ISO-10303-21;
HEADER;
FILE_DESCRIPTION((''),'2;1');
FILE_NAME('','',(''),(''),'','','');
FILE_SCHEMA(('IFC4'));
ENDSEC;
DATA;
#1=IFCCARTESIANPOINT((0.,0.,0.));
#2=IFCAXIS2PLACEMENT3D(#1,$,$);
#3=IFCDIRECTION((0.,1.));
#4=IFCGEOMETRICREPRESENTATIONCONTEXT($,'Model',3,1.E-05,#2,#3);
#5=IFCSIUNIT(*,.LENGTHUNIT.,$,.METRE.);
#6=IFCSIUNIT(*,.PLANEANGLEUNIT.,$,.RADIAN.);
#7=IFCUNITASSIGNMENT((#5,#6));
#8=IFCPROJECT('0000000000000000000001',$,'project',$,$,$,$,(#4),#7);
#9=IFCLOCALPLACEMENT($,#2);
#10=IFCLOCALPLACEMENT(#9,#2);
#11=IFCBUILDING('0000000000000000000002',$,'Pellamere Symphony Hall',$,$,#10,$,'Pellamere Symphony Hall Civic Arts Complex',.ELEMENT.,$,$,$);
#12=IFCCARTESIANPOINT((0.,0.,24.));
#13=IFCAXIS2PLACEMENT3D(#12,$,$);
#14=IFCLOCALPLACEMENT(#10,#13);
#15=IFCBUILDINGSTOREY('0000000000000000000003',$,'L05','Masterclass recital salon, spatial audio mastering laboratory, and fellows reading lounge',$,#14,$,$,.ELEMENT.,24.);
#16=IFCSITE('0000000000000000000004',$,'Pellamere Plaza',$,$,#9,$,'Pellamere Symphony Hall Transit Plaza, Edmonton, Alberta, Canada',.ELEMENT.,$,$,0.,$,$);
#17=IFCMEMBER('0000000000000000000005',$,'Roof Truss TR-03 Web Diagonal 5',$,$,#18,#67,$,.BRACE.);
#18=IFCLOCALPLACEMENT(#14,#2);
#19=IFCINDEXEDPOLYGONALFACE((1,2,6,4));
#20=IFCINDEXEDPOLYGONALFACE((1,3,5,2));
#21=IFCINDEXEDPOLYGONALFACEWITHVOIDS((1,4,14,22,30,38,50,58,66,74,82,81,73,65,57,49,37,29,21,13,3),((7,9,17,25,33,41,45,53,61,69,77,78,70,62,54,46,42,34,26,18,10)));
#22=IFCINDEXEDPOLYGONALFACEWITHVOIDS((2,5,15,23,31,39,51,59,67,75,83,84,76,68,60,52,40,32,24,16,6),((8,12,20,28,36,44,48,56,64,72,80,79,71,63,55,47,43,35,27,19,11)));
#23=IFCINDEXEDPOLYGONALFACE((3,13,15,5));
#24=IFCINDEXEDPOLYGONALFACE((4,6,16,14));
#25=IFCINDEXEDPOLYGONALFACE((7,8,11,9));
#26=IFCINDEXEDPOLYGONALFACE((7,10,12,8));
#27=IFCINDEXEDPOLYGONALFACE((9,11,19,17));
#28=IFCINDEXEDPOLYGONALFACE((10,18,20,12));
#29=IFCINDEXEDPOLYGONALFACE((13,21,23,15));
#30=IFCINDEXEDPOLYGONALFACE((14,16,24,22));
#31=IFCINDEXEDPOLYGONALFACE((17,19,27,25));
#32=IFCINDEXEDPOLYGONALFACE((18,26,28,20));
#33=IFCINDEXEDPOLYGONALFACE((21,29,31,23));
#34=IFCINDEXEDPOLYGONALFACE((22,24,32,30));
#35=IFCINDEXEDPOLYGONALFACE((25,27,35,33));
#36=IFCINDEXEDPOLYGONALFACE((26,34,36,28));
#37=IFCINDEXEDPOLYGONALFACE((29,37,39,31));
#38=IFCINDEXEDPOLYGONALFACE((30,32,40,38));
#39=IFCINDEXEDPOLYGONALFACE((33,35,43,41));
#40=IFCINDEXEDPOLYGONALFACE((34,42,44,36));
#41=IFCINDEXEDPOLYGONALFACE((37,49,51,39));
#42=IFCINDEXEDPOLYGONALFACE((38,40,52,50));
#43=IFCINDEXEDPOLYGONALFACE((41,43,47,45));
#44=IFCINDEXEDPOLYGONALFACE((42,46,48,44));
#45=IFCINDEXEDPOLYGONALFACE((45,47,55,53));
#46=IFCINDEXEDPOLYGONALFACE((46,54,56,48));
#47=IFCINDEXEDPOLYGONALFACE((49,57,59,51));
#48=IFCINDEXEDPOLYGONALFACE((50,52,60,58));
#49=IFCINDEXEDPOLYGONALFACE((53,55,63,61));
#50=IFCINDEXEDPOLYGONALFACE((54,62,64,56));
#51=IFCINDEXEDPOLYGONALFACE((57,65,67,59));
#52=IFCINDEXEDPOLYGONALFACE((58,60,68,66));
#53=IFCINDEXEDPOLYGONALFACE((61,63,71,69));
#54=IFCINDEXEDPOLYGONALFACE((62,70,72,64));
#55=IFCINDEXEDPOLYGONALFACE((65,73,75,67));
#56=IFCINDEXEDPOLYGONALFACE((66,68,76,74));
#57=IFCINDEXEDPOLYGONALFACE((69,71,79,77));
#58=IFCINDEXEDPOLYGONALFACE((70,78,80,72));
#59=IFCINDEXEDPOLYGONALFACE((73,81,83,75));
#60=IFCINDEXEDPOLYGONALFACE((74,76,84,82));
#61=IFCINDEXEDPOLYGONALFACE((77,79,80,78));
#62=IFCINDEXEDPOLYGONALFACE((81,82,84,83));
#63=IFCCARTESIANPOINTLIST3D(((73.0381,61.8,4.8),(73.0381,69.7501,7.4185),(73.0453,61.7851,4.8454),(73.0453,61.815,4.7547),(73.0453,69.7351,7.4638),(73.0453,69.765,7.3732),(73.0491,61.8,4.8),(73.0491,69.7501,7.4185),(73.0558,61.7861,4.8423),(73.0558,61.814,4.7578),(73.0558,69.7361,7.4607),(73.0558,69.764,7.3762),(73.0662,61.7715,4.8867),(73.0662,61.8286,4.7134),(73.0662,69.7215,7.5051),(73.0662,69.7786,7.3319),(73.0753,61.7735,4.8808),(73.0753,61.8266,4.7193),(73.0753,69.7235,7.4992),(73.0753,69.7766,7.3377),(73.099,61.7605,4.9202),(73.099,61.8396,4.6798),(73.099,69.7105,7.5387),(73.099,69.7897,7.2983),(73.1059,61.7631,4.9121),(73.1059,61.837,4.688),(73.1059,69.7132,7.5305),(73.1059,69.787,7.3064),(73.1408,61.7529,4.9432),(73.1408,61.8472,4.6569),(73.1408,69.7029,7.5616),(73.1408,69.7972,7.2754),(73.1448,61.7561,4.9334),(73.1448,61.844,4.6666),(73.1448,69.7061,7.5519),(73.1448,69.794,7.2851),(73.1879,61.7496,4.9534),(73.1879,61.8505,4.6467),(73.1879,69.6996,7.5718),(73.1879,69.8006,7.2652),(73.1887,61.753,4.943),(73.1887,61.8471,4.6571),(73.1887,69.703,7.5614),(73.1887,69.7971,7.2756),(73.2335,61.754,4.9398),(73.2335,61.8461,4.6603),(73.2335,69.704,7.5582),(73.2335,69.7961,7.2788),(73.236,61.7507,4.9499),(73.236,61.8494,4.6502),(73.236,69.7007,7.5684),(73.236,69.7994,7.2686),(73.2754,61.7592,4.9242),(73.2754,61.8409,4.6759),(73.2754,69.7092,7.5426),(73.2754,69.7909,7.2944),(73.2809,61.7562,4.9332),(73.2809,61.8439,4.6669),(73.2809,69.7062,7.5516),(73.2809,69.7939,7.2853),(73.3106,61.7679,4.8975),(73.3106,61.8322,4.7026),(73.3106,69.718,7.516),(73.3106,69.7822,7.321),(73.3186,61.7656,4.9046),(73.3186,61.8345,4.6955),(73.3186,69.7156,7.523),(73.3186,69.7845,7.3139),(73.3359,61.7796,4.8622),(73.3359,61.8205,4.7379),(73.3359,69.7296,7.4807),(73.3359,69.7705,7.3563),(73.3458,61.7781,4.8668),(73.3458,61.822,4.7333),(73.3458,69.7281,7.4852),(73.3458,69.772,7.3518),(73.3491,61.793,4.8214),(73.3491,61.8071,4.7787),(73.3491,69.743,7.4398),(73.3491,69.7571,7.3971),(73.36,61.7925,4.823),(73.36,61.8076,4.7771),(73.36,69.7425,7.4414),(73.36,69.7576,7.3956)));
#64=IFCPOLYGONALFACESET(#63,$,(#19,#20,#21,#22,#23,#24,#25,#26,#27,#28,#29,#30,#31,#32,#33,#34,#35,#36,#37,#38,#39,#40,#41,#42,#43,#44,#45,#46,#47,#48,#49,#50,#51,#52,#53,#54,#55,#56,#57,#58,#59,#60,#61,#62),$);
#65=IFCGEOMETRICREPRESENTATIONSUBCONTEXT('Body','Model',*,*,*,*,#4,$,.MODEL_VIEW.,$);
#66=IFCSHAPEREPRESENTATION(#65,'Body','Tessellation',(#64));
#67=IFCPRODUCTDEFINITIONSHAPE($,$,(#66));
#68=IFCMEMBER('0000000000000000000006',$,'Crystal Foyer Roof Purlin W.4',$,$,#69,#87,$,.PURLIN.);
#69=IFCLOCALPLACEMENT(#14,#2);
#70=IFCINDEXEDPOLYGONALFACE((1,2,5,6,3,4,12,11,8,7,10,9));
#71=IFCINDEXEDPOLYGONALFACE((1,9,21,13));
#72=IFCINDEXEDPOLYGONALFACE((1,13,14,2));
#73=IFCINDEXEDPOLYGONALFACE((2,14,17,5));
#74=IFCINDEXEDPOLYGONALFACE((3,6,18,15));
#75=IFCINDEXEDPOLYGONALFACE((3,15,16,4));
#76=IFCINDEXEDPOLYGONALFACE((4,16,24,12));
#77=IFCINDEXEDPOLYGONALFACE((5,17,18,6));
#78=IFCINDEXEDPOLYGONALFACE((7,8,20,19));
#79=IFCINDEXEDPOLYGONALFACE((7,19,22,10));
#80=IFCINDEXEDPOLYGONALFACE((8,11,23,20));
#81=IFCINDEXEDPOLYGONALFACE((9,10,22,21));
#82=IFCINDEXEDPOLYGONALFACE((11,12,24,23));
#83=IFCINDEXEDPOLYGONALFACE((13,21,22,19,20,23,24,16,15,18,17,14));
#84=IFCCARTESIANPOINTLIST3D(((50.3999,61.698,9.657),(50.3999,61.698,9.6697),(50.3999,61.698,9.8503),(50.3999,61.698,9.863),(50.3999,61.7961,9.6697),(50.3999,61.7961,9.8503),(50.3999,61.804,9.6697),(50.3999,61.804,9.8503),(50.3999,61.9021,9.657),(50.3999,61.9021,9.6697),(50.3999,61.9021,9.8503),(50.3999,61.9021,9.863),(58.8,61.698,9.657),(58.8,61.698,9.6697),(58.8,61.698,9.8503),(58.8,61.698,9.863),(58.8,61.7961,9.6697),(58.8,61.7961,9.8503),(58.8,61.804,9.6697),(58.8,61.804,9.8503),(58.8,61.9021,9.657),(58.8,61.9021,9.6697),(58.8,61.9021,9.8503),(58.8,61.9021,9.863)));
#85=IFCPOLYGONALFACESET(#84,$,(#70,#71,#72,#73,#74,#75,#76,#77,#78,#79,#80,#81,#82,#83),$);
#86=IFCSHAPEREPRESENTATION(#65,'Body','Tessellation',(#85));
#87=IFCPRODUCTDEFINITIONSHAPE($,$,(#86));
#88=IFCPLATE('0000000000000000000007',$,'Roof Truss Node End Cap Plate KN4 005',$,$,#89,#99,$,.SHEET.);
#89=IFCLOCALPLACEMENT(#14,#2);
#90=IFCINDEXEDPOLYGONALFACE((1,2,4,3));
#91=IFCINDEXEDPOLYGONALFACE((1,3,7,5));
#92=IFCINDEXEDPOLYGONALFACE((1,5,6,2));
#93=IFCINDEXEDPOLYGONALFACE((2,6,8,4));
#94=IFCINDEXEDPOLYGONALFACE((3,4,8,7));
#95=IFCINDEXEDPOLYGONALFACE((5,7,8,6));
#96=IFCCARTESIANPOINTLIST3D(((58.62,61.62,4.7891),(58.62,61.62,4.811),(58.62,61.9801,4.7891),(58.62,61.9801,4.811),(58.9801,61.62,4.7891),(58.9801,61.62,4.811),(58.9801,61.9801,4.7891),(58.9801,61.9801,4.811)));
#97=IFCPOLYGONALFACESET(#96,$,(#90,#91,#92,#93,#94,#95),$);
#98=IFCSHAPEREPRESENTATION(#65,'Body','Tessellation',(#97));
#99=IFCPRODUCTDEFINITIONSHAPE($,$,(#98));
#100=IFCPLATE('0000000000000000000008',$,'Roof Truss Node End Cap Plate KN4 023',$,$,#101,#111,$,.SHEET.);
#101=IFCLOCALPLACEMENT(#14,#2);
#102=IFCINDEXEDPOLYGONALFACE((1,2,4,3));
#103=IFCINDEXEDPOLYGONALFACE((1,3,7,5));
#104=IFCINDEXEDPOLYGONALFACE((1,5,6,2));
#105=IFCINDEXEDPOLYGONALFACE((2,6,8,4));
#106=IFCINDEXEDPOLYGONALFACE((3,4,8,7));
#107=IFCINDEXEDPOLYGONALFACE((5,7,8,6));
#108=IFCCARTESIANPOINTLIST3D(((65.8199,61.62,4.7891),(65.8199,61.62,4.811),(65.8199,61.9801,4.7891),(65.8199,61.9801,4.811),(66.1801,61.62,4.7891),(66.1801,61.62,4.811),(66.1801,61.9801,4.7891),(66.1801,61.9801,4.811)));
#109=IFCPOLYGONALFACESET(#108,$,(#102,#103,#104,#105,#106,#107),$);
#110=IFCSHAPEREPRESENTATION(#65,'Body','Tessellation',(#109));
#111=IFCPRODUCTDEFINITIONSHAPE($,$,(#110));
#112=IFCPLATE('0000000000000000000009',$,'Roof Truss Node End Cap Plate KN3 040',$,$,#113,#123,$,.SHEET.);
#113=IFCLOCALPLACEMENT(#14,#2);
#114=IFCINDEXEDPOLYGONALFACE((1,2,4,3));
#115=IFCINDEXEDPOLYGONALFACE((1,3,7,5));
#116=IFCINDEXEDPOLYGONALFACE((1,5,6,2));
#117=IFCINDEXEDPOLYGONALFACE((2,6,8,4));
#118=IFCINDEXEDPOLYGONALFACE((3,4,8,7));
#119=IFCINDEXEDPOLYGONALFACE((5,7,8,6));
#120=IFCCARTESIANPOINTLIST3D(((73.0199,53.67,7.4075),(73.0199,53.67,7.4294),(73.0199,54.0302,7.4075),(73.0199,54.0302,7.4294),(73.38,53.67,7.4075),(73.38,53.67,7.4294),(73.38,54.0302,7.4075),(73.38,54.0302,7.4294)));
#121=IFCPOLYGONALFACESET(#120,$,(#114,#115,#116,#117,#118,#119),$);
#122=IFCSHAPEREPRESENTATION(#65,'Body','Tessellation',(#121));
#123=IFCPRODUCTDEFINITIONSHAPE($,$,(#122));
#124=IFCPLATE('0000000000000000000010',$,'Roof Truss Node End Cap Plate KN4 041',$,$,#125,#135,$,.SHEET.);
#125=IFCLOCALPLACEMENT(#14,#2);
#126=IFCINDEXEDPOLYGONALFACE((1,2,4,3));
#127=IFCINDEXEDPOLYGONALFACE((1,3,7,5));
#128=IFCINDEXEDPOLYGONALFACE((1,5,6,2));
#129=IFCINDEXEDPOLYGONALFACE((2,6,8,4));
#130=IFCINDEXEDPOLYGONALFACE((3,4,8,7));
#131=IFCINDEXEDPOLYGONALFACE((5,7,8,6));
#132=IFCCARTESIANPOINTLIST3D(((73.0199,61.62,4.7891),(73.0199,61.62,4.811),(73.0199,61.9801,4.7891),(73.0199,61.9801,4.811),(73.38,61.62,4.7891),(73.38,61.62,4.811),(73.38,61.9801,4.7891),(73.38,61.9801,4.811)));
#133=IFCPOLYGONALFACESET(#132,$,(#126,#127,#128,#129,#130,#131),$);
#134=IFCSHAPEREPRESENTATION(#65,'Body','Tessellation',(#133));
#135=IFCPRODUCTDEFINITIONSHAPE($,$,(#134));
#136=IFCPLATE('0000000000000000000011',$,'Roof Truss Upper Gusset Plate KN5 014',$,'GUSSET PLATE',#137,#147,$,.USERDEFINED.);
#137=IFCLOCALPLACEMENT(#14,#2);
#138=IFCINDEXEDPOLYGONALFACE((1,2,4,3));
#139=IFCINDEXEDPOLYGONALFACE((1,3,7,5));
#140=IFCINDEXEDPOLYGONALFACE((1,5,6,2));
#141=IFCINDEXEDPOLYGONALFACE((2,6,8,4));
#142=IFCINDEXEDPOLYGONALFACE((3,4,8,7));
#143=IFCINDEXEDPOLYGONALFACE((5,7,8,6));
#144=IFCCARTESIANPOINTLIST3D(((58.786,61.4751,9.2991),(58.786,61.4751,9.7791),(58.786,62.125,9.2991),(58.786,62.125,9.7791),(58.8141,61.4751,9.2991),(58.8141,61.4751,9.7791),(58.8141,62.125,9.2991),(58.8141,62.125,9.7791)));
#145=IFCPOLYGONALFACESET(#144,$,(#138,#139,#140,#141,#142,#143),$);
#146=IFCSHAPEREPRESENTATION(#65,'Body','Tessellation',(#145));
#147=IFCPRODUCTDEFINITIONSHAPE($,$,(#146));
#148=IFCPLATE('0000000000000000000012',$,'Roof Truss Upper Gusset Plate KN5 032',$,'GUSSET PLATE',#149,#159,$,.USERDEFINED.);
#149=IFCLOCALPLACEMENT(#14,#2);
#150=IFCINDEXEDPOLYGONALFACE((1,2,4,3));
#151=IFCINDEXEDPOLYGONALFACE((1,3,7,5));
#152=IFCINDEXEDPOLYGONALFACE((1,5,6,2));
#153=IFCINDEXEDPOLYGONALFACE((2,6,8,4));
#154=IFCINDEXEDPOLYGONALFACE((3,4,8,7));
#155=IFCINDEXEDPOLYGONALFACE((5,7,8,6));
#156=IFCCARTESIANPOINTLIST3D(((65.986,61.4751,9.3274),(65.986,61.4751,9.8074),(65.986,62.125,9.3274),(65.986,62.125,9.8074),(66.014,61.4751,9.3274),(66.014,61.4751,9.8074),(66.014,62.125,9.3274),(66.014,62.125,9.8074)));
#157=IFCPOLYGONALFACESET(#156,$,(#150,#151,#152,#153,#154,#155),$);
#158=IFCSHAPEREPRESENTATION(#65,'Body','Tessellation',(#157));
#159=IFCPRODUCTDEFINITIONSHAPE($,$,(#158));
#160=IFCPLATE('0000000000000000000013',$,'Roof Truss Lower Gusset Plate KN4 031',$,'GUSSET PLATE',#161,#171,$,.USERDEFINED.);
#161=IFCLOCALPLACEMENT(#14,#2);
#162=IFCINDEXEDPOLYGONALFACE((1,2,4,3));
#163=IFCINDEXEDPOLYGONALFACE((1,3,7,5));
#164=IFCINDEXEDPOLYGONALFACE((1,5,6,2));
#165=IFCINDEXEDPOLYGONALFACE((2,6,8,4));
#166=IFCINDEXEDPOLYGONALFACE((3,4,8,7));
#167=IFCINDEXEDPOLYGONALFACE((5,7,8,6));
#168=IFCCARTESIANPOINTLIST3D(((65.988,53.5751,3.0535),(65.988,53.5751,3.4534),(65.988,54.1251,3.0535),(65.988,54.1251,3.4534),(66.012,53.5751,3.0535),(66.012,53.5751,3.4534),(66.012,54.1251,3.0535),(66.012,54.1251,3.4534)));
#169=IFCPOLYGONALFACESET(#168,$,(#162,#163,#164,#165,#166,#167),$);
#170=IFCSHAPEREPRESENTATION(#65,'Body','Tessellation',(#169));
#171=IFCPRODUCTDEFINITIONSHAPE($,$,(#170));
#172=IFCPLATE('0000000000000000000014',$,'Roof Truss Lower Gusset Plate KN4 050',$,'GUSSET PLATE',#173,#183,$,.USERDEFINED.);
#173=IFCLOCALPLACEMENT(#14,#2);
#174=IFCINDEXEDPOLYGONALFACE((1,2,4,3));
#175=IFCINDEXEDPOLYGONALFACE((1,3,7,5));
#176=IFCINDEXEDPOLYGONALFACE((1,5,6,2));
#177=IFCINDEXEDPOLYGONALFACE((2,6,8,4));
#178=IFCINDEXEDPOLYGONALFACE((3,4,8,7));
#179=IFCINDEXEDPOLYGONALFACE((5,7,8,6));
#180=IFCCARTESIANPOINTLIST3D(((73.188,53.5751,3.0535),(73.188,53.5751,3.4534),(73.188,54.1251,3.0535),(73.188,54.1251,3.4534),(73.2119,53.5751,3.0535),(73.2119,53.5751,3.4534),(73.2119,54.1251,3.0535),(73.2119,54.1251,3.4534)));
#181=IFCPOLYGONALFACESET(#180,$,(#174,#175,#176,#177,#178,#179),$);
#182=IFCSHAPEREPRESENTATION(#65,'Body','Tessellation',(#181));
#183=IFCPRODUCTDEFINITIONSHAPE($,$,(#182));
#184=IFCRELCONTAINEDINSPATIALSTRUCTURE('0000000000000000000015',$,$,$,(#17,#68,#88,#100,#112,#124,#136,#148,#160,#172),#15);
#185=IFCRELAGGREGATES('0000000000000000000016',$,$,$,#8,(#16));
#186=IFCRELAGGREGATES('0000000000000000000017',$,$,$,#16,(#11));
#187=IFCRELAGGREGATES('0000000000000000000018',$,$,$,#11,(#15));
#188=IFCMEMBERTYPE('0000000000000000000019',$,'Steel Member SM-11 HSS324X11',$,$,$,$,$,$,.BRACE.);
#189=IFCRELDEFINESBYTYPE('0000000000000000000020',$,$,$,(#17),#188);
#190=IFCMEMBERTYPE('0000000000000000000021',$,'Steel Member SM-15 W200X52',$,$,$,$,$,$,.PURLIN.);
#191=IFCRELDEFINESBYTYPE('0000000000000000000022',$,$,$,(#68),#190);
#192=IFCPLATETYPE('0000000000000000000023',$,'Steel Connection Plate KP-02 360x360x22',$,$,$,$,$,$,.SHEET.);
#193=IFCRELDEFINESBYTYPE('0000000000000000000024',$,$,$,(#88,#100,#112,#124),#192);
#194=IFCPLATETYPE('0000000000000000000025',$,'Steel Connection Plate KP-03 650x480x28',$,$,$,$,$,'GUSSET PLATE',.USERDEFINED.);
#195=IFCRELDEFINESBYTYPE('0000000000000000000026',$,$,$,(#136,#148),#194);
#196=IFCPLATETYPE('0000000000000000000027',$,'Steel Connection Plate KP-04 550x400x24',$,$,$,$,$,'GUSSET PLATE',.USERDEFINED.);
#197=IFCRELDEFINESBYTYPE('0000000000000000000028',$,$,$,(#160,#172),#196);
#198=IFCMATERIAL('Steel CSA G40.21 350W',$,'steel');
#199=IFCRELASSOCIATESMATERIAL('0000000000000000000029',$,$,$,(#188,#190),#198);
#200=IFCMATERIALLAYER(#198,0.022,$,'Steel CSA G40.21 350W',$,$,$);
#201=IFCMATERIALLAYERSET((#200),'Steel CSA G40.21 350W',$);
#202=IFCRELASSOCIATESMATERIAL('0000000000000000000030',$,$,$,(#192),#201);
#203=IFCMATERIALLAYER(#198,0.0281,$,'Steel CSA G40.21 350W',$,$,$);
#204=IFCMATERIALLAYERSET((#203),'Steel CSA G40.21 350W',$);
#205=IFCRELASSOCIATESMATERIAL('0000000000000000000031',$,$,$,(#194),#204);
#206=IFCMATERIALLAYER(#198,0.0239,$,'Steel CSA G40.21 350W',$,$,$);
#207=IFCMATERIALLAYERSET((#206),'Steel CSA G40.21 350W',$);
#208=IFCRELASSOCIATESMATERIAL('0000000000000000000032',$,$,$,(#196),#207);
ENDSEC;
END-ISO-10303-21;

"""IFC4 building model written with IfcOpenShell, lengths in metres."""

from ifc_helpers import new_model, si_unit, direction, frame, origin, origin_2d, place, context, subcontext, project, spatial, rectangle, hollow_circle, i_section, extrude, material, layer, layer_set, material_profile, profile_set, type_object, element, save


model = new_model("IFC4")

# Units and contexts
model_context = context("Model", 3, precision=1e-05, world=origin(), true_north=direction((0.0, 1.0)))
body_context = subcontext(model_context, "Body", "Model", "MODEL_VIEW")
ifc_project = project(units=[si_unit("LENGTHUNIT", "METRE"), si_unit("PLANEANGLEUNIT", "RADIAN")], contexts=[model_context])

# Site, building, storey
site_placement = place(None, origin())
site = spatial("IfcSite", under=ifc_project, at=site_placement, Name="Pellamere Plaza", LongName="Pellamere Symphony Hall Transit Plaza, Edmonton, Alberta, Canada", CompositionType="ELEMENT", RefElevation=0.0)
building_placement = place(site_placement, origin())
building = spatial("IfcBuilding", under=site, at=building_placement, Name="Pellamere Symphony Hall", LongName="Pellamere Symphony Hall Civic Arts Complex", CompositionType="ELEMENT")
storey_placement = place(building_placement, frame((0.0, 0.0, 24.0)))
storey = spatial("IfcBuildingStorey", under=building, at=storey_placement, Name="L05", Description="Masterclass recital salon, spatial audio mastering laboratory, and fellows reading lounge", CompositionType="ELEMENT", Elevation=24.0)

# Shared definitions
ifc_material_1 = material(Name="Steel CSA G40.21 350W", Category="steel")

# Members
ifc_material_profile_1 = material_profile(ifc_material_1, hollow_circle(Radius=0.1619, WallThickness=0.011, at=origin_2d()), Name="HSS324X11")
ifc_profile_set_1 = profile_set([ifc_material_profile_1], Name="Steel CSA G40.21 350W")
member_type_1 = type_object("IfcMemberType", Name="Steel Member SM-11 HSS324X11", PredefinedType="BRACE", material=ifc_profile_set_1)
member_1_placement = place(storey_placement, frame((73.2, 61.8, 4.8), z_axis=(0.0, 0.949809, 0.312831), x_axis=(-1.0, 0.0, 0.0)))
element("IfcMember", 1, at=member_1_placement, inside=storey, type_object=member_type_1, Name="Roof Truss TR-03 Web Diagonal 5", PredefinedType="BRACE", context=body_context, shape_type="SweptSolid", body=[
    extrude(hollow_circle(Radius=0.1619, WallThickness=0.011, at=origin_2d()), origin(), (0.0, 0.0, 1.0), 8.3701),
])
ifc_material_profile_2 = material_profile(ifc_material_1, i_section(OverallWidth=0.2041, OverallDepth=0.2061, WebThickness=0.0078, FlangeThickness=0.0127, at=origin_2d()), Name="W200X52")
ifc_profile_set_2 = profile_set([ifc_material_profile_2], Name="Steel CSA G40.21 350W")
member_type_2 = type_object("IfcMemberType", Name="Steel Member SM-15 W200X52", PredefinedType="PURLIN", material=ifc_profile_set_2)
member_2_placement = place(storey_placement, frame((50.3999, 61.8, 9.76), z_axis=(1.0, 0.0, 0.0), x_axis=(0.0, 1.0, 0.0)))
element("IfcMember", 2, at=member_2_placement, inside=storey, type_object=member_type_2, Name="Crystal Foyer Roof Purlin W.4", PredefinedType="PURLIN", context=body_context, shape_type="SweptSolid", body=[
    extrude(i_section(OverallWidth=0.2041, OverallDepth=0.2061, WebThickness=0.0078, FlangeThickness=0.0127, at=origin_2d()), origin(), (0.0, 0.0, 1.0), 8.4001),
])

# Plates
ifc_layer_1 = layer(ifc_material_1, 0.022, Name="Steel CSA G40.21 350W")
ifc_layer_set_1 = layer_set([ifc_layer_1], Name="Steel CSA G40.21 350W")
plate_type_1 = type_object("IfcPlateType", Name="Steel Connection Plate KP-02 360x360x22", PredefinedType="SHEET", material=ifc_layer_set_1)
for number, where, z_axis, x_axis, name in (
    (3, (58.8, 61.8, 4.7891), (0.0, 0.0, 1.0), (1.0, 0.0, 0.0), "Roof Truss Node End Cap Plate KN4 005"),
    (4, (66.0, 61.8, 4.7891), (0.0, 0.0, 1.0), (1.0, 0.0, 0.0), "Roof Truss Node End Cap Plate KN4 023"),
    (5, (73.2, 53.8501, 7.4075), (0.0, 0.0, 1.0), (1.0, 0.0, 0.0), "Roof Truss Node End Cap Plate KN3 040"),
    (6, (73.2, 61.8, 4.7891), (0.0, 0.0, 1.0), (1.0, 0.0, 0.0), "Roof Truss Node End Cap Plate KN4 041"),
):
    element("IfcPlate", number, at=place(storey_placement, frame(where, z_axis=z_axis, x_axis=x_axis)), inside=storey, type_object=plate_type_1, Name=name, PredefinedType="SHEET", context=body_context, shape_type="SweptSolid", body=[
        extrude(rectangle(XDim=0.3601, YDim=0.3601, at=origin_2d()), origin(), (0.0, 0.0, 1.0), 0.022),
    ])
ifc_layer_2 = layer(ifc_material_1, 0.0281, Name="Steel CSA G40.21 350W")
ifc_layer_set_2 = layer_set([ifc_layer_2], Name="Steel CSA G40.21 350W")
plate_type_2 = type_object("IfcPlateType", Name="Steel Connection Plate KP-03 650x480x28", ElementType="GUSSET PLATE", PredefinedType="USERDEFINED", material=ifc_layer_set_2)
for number, where, z_axis, x_axis, name in (
    (7, (58.8, 61.8, 9.2991), (0.0, 0.0, 1.0), (1.0, 0.0, 0.0), "Roof Truss Upper Gusset Plate KN5 014"),
    (8, (66.0, 61.8, 9.3274), (0.0, 0.0, 1.0), (1.0, 0.0, 0.0), "Roof Truss Upper Gusset Plate KN5 032"),
):
    element("IfcPlate", number, at=place(storey_placement, frame(where, z_axis=z_axis, x_axis=x_axis)), inside=storey, type_object=plate_type_2, Name=name, ObjectType="GUSSET PLATE", PredefinedType="USERDEFINED", context=body_context, shape_type="SweptSolid", body=[
        extrude(rectangle(XDim=0.0281, YDim=0.6499, at=origin_2d()), origin(), (0.0, 0.0, 1.0), 0.48),
    ])
ifc_layer_3 = layer(ifc_material_1, 0.0239, Name="Steel CSA G40.21 350W")
ifc_layer_set_3 = layer_set([ifc_layer_3], Name="Steel CSA G40.21 350W")
plate_type_3 = type_object("IfcPlateType", Name="Steel Connection Plate KP-04 550x400x24", ElementType="GUSSET PLATE", PredefinedType="USERDEFINED", material=ifc_layer_set_3)
for number, where, z_axis, x_axis, name in (
    (9, (66.0, 53.8501, 3.0535), (0.0, 0.0, 1.0), (1.0, 0.0, 0.0), "Roof Truss Lower Gusset Plate KN4 031"),
    (10, (73.2, 53.8501, 3.0535), (0.0, 0.0, 1.0), (1.0, 0.0, 0.0), "Roof Truss Lower Gusset Plate KN4 050"),
):
    element("IfcPlate", number, at=place(storey_placement, frame(where, z_axis=z_axis, x_axis=x_axis)), inside=storey, type_object=plate_type_3, Name=name, ObjectType="GUSSET PLATE", PredefinedType="USERDEFINED", context=body_context, shape_type="SweptSolid", body=[
        extrude(rectangle(XDim=0.0239, YDim=0.55, at=origin_2d()), origin(), (0.0, 0.0, 1.0), 0.3999),
    ])

save(model, "model.ifc")
